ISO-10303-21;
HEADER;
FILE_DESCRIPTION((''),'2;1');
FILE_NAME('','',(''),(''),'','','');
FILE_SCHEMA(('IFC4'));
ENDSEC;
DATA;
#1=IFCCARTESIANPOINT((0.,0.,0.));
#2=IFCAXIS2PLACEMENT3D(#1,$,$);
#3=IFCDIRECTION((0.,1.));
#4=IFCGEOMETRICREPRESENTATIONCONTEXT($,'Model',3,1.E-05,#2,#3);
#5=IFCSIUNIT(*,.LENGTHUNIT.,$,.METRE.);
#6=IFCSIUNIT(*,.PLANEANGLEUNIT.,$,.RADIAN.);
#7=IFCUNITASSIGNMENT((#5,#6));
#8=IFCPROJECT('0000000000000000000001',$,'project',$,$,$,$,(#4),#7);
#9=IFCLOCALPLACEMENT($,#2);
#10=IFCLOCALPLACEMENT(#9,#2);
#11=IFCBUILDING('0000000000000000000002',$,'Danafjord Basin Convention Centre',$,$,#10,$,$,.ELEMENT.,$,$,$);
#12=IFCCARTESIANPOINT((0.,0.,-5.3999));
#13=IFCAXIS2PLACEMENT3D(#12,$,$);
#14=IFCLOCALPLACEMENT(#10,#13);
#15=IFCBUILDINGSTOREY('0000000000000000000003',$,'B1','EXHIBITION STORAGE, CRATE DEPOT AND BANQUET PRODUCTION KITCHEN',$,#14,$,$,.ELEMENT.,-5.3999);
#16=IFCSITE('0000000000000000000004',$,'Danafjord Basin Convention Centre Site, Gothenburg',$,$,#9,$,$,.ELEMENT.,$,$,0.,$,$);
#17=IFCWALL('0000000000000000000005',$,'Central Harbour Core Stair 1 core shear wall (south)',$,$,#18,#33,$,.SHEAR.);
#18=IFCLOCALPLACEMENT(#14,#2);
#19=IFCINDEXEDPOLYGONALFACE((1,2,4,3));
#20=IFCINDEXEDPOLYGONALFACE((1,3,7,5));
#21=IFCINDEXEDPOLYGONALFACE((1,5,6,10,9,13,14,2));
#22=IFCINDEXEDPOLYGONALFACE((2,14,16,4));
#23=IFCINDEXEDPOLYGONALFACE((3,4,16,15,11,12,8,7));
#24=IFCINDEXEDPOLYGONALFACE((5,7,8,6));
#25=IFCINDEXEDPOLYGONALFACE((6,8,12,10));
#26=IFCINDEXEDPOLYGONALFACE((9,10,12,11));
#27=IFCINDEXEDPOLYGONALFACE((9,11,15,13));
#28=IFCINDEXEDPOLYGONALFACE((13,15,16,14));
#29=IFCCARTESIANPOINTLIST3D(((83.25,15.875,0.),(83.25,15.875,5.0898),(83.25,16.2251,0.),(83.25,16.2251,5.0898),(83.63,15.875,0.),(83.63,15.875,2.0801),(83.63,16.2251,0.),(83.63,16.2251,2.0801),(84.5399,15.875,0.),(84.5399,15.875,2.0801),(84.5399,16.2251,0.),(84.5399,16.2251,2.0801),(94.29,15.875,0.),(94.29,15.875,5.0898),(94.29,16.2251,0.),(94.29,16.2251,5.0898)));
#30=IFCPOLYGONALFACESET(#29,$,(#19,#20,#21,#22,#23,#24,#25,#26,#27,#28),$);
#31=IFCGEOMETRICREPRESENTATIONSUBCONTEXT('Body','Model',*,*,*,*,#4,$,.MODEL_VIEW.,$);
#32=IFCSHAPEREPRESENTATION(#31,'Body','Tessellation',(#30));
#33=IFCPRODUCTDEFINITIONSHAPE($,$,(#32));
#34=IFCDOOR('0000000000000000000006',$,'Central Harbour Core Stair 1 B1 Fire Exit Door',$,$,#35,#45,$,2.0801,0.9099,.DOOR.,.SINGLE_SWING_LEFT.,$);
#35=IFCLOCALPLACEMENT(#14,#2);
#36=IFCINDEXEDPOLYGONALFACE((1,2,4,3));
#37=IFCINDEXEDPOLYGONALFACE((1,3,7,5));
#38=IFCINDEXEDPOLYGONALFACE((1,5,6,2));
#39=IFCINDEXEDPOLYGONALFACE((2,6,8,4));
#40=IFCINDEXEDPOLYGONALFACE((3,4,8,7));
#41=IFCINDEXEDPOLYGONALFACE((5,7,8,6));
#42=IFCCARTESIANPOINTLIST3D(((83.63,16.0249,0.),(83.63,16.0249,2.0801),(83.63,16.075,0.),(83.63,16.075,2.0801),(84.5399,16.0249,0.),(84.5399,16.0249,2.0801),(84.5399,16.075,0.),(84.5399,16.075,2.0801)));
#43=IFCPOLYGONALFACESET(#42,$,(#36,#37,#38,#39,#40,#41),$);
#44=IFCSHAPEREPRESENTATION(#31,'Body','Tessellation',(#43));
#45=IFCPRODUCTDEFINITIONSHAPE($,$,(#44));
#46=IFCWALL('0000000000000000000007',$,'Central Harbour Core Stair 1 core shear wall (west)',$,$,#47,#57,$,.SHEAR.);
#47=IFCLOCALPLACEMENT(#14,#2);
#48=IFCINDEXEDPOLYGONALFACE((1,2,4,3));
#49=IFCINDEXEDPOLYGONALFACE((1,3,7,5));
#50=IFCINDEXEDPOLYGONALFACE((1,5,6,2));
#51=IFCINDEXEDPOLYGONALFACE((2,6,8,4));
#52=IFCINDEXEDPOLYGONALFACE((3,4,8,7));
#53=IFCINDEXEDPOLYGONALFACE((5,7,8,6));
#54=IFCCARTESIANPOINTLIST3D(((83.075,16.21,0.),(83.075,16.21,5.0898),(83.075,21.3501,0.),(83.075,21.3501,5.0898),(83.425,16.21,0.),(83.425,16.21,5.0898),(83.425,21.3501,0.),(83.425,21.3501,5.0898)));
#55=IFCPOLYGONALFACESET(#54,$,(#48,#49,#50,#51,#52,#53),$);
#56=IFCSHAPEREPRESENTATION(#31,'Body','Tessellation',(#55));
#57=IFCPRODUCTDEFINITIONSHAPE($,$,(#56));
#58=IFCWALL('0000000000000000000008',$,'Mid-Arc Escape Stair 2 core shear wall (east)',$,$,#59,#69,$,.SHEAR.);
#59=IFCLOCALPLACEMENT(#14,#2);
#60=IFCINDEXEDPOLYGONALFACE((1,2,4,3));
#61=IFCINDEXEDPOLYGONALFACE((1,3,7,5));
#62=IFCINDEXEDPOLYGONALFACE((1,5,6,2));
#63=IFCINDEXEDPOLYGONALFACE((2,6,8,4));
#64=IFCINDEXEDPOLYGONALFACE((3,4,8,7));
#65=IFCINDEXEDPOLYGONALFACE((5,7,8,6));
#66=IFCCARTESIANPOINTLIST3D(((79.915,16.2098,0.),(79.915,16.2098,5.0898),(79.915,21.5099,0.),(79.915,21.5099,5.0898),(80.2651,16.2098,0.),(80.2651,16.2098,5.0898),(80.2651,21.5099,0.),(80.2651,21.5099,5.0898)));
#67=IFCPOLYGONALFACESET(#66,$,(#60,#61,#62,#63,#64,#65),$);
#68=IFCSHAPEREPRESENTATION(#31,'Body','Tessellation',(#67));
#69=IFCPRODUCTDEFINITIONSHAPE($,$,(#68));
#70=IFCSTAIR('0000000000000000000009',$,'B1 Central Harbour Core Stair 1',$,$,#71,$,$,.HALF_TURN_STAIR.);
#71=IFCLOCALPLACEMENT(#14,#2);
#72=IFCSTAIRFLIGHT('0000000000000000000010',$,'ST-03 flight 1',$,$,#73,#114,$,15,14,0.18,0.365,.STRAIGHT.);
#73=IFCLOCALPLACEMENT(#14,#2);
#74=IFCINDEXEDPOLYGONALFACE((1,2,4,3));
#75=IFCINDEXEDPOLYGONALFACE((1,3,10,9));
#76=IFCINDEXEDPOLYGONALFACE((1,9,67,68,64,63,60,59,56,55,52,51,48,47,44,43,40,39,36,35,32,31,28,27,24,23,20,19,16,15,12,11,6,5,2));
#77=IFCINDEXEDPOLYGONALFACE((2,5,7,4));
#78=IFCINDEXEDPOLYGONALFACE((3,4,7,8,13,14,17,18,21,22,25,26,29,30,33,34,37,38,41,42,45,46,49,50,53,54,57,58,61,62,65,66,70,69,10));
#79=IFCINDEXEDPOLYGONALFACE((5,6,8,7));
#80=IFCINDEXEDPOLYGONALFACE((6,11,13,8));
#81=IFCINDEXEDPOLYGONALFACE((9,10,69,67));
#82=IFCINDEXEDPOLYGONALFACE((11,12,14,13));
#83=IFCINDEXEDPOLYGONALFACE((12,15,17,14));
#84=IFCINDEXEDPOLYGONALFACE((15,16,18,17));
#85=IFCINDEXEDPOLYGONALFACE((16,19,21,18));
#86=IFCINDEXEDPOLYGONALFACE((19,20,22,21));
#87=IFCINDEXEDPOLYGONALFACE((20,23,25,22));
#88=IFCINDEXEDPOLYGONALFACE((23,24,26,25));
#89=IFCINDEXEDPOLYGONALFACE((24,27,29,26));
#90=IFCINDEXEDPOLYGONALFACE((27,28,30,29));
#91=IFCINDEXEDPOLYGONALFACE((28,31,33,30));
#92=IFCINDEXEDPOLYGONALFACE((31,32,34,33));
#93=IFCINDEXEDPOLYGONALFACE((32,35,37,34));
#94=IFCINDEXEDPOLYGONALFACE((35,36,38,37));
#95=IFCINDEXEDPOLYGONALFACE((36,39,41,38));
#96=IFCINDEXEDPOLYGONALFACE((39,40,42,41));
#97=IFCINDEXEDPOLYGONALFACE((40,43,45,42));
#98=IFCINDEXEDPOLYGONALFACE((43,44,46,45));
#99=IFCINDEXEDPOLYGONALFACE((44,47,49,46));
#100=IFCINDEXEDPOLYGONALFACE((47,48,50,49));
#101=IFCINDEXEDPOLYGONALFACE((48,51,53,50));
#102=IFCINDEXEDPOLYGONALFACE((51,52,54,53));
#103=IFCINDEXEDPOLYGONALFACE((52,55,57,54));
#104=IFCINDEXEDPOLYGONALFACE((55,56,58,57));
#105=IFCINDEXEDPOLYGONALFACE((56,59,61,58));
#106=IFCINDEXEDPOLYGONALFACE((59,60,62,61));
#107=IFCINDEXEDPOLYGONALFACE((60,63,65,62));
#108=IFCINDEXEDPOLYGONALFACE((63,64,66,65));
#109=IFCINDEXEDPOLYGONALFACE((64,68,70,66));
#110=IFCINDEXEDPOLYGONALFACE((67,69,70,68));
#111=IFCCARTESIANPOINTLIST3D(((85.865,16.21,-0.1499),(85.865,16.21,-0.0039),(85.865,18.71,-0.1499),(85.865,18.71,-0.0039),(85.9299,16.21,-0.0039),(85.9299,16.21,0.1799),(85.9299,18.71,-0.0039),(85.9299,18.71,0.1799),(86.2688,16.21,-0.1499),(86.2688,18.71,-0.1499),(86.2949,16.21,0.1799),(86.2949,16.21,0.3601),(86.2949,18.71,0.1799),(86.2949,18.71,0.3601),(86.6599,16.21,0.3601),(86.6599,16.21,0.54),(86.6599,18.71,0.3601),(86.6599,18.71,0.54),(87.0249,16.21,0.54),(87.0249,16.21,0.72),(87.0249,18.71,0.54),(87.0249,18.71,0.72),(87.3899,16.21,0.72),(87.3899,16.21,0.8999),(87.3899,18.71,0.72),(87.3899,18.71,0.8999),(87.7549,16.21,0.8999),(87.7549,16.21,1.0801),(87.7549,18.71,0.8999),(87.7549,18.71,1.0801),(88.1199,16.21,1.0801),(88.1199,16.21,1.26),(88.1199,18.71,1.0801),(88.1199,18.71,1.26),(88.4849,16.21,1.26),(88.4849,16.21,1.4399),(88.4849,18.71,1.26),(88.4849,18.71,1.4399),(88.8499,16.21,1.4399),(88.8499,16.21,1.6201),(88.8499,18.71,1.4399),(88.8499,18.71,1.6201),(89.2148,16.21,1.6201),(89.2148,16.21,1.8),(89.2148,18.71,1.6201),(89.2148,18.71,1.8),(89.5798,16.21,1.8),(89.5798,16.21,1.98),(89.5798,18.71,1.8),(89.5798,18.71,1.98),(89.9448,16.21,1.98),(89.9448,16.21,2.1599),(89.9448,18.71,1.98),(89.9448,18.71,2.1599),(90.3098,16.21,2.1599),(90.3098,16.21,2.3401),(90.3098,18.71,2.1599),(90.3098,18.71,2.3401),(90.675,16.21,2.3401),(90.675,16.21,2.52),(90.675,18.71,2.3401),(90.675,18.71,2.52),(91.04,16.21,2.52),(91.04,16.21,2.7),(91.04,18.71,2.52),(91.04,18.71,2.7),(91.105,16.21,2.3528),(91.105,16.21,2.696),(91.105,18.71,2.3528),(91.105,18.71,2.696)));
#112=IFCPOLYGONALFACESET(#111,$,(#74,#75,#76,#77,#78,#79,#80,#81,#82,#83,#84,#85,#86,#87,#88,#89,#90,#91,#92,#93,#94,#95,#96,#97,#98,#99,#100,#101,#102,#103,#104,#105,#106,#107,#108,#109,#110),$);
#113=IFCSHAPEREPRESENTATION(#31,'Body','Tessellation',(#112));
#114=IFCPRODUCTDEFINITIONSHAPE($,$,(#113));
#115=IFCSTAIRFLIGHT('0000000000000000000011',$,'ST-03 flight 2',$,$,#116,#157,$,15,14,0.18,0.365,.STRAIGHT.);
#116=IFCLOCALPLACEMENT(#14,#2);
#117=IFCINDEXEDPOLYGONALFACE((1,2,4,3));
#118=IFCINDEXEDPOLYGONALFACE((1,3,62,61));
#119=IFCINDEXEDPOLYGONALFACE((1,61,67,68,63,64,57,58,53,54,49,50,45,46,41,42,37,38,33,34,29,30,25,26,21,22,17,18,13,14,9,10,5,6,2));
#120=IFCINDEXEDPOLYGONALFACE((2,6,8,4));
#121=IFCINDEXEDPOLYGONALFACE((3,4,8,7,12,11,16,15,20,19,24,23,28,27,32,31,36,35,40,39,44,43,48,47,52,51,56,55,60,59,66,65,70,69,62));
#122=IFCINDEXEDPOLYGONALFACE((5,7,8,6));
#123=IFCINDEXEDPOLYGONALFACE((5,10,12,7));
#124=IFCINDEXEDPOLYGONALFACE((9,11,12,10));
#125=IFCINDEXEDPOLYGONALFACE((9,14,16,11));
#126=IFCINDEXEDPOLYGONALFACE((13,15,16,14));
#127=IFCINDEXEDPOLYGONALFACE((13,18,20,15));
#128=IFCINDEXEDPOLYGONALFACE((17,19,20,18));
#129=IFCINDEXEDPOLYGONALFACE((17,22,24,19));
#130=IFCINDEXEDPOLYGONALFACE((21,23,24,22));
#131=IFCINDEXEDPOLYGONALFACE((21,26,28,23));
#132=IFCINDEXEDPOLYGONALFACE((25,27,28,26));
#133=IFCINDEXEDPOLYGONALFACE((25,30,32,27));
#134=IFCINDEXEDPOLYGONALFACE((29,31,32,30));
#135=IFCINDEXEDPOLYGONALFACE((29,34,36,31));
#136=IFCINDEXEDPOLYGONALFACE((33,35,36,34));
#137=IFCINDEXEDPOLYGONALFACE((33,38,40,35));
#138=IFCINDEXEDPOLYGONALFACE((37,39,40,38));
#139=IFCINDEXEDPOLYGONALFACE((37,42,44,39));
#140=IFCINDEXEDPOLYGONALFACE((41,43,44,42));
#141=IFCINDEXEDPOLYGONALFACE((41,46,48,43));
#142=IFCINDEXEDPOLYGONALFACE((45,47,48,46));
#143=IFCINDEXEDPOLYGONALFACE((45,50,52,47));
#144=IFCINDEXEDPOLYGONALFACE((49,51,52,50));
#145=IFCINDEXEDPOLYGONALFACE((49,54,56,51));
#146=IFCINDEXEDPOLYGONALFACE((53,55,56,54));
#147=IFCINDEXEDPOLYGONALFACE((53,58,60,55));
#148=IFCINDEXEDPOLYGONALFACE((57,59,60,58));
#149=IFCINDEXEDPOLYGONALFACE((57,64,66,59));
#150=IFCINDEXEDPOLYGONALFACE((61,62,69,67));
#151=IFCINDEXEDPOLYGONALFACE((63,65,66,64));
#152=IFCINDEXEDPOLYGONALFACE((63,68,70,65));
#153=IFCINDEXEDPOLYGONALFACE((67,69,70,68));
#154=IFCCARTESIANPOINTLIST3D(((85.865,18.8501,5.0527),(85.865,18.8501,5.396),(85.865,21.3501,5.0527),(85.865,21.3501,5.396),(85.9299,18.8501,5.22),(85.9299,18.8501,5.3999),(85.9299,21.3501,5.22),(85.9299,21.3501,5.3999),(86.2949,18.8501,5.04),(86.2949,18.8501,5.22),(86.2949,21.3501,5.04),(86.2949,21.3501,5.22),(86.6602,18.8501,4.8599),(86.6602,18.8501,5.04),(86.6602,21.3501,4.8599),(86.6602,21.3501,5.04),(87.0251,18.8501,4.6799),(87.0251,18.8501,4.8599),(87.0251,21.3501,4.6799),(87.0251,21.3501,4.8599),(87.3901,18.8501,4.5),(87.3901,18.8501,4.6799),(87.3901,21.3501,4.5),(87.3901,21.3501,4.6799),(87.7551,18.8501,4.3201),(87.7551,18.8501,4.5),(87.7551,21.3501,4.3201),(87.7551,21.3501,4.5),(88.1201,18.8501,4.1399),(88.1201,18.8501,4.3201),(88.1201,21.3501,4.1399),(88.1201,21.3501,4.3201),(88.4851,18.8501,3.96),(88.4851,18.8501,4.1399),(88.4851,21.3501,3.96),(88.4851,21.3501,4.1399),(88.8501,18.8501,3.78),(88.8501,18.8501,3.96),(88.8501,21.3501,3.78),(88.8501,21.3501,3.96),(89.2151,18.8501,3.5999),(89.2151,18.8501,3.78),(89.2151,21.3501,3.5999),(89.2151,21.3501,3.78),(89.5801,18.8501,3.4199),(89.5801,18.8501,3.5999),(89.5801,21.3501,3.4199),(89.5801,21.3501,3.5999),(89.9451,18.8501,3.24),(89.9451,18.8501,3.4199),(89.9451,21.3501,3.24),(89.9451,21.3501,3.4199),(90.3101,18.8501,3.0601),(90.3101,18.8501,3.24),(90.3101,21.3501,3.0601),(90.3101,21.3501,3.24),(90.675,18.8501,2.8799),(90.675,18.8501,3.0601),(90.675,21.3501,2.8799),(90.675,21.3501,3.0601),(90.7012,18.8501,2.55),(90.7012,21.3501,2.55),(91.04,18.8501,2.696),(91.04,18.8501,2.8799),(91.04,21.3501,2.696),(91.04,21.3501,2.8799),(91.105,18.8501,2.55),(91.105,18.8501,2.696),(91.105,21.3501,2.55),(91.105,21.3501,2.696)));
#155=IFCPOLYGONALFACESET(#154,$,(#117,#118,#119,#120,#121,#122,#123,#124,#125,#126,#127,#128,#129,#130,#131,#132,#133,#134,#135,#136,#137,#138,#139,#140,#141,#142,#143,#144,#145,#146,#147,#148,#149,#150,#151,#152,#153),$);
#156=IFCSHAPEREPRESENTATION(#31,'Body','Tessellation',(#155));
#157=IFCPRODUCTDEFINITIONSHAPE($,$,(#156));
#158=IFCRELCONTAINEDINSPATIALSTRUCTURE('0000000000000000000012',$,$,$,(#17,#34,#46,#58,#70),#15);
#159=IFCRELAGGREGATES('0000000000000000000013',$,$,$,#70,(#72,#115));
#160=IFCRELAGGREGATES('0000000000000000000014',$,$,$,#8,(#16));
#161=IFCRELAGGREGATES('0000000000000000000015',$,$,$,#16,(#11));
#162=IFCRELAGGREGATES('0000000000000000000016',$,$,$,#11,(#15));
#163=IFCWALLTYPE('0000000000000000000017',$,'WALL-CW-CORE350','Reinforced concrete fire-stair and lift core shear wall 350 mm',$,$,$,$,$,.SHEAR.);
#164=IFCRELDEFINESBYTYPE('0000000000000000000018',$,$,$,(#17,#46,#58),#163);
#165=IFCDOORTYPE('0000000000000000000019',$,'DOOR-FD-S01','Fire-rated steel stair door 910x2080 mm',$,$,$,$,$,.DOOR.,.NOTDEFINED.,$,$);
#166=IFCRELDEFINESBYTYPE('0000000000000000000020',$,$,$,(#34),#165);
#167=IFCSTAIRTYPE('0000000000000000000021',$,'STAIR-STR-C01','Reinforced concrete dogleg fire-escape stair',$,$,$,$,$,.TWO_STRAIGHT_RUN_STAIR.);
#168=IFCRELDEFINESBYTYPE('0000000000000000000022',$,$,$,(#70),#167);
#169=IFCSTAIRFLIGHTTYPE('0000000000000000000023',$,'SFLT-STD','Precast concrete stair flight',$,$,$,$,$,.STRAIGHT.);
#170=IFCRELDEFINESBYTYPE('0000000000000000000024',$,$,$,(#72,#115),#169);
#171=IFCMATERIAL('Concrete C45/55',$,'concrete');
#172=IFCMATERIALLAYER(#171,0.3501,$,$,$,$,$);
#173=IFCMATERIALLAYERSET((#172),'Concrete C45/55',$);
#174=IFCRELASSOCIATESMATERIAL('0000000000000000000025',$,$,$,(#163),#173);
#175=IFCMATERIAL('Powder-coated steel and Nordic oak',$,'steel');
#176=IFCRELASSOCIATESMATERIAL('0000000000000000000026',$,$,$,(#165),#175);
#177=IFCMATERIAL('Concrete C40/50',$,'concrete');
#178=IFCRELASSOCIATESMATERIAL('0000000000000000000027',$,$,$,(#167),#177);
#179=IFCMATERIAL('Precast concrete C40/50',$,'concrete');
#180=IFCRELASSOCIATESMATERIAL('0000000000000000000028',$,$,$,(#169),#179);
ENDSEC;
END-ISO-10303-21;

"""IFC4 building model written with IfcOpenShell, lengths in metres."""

from ifc_helpers import new_model, si_unit, direction, frame, frame_2d, origin, place, context, subcontext, project, spatial, polyline, rectangle, outline, extrude, material, layer, layer_set, type_object, element, fill, aggregate, save


model = new_model("IFC4")

# Units and contexts
model_context = context("Model", 3, precision=1e-05, world=origin(), true_north=direction((0.0, 1.0)))
body_context = subcontext(model_context, "Body", "Model", "MODEL_VIEW")
ifc_project = project(units=[si_unit("LENGTHUNIT", "METRE"), si_unit("PLANEANGLEUNIT", "RADIAN")], contexts=[model_context])

# Site, building, storey
site_placement = place(None, origin())
site = spatial("IfcSite", under=ifc_project, at=site_placement, Name="Danafjord Basin Convention Centre Site, Gothenburg", CompositionType="ELEMENT", RefElevation=0.0)
building_placement = place(site_placement, origin())
building = spatial("IfcBuilding", under=site, at=building_placement, Name="Danafjord Basin Convention Centre", CompositionType="ELEMENT")
storey_placement = place(building_placement, frame((0.0, 0.0, -5.3999)))
storey = spatial("IfcBuildingStorey", under=building, at=storey_placement, Name="B1", Description="EXHIBITION STORAGE, CRATE DEPOT AND BANQUET PRODUCTION KITCHEN", CompositionType="ELEMENT", Elevation=-5.3999)

# Shared definitions
ifc_material_1 = material(Name="Concrete C40/50", Category="concrete")

# Shared definitions
ifc_material_2 = material(Name="Concrete C45/55", Category="concrete")

# Wall, opening, door
ifc_layer = layer(ifc_material_2, 0.3501)
ifc_layer_set = layer_set([ifc_layer], Name="Concrete C45/55")
wall_type = type_object("IfcWallType", Name="WALL-CW-CORE350", Description="Reinforced concrete fire-stair and lift core shear wall 350 mm", PredefinedType="SHEAR", material=ifc_layer_set)
wall_1_placement = place(storey_placement, frame((83.25, 16.05, 0.0), z_axis=(0.0, 0.0, 1.0), x_axis=(1.0, 0.0, 0.0)))
wall_1 = element("IfcWall", 1, at=wall_1_placement, inside=storey, type_object=wall_type, Name="Central Harbour Core Stair 1 core shear wall (south)", PredefinedType="SHEAR", context=body_context, shape_type="SweptSolid", body=[
    extrude(rectangle(XDim=11.04, YDim=0.3501, at=frame_2d((5.52, 0.0))), origin(), (0.0, 0.0, 1.0), 5.0898),
])
opening_placement = place(wall_1_placement, frame((0.3799, 0.0, 0.0)))
opening = element("IfcOpeningElement", 2, at=opening_placement, cuts=wall_1, PredefinedType="OPENING", context=body_context, shape_type="SweptSolid", body=[
    extrude(rectangle(XDim=0.9099, YDim=2.0801, at=frame_2d((0.4551, 1.04))), frame((0.0, 0.1851, 0.0), z_axis=(0.0, -1.0, 0.0), x_axis=(1.0, 0.0, 0.0)), (0.0, 0.0, 1.0), 0.3701),
])
ifc_material_3 = material(Name="Powder-coated steel and Nordic oak", Category="steel")
door_type = type_object("IfcDoorType", Name="DOOR-FD-S01", Description="Fire-rated steel stair door 910x2080 mm", OperationType="NOTDEFINED", PredefinedType="DOOR", material=ifc_material_3)
door_placement = place(opening_placement, origin())
door = element("IfcDoor", 3, at=door_placement, inside=storey, type_object=door_type, Name="Central Harbour Core Stair 1 B1 Fire Exit Door", OperationType="SINGLE_SWING_LEFT", OverallHeight=2.0801, OverallWidth=0.9099, PredefinedType="DOOR", context=body_context, shape_type="SweptSolid", body=[
    extrude(rectangle(XDim=0.9099, YDim=2.0801, at=frame_2d((0.4551, 1.04))), frame((0.0, 0.0249, 0.0), z_axis=(0.0, -1.0, 0.0), x_axis=(1.0, 0.0, 0.0)), (0.0, 0.0, 1.0), 0.05),
])
fill(opening, door)

# Walls
wall_2_placement = place(storey_placement, frame((83.25, 21.3501, 0.0), z_axis=(0.0, 0.0, 1.0), x_axis=(0.0, -1.0, 0.0)))
element("IfcWall", 4, at=wall_2_placement, inside=storey, type_object=wall_type, Name="Central Harbour Core Stair 1 core shear wall (west)", PredefinedType="SHEAR", context=body_context, shape_type="SweptSolid", body=[
    extrude(rectangle(XDim=5.1401, YDim=0.3501, at=frame_2d((2.5701, 0.0))), origin(), (0.0, 0.0, 1.0), 5.0898),
])
wall_3_placement = place(storey_placement, frame((80.0901, 16.21, 0.0), z_axis=(0.0, 0.0, 1.0), x_axis=(0.0, 1.0, 0.0)))
element("IfcWall", 5, at=wall_3_placement, inside=storey, type_object=wall_type, Name="Mid-Arc Escape Stair 2 core shear wall (east)", PredefinedType="SHEAR", context=body_context, shape_type="SweptSolid", body=[
    extrude(rectangle(XDim=5.3, YDim=0.3501, at=frame_2d((2.6499, 0.0))), origin(), (0.0, 0.0, 1.0), 5.0898),
])

# Stair, stair flights
stair_type = type_object("IfcStairType", Name="STAIR-STR-C01", Description="Reinforced concrete dogleg fire-escape stair", PredefinedType="TWO_STRAIGHT_RUN_STAIR", material=ifc_material_1)
stair_placement = place(storey_placement, origin())
stair = element("IfcStair", 6, at=stair_placement, inside=storey, type_object=stair_type, Name="B1 Central Harbour Core Stair 1", PredefinedType="HALF_TURN_STAIR")
ifc_material_4 = material(Name="Precast concrete C40/50", Category="concrete")
stair_flight_type = type_object("IfcStairFlightType", Name="SFLT-STD", Description="Precast concrete stair flight", PredefinedType="STRAIGHT", material=ifc_material_4)
stair_flight_1_placement = place(storey_placement, frame((85.9299, 17.46, 0.0), z_axis=(0.0, 0.0, 1.0), x_axis=(1.0, 0.0, 0.0)))
stair_flight_1 = element("IfcStairFlight", 7, at=stair_flight_1_placement, type_object=stair_flight_type, Name="ST-03 flight 1", NumberOfRisers=15, NumberOfTreads=14, PredefinedType="STRAIGHT", RiserHeight=0.18, TreadLength=0.365, context=body_context, shape_type="SweptSolid", body=[
    extrude(outline(polyline([(-0.0649, -0.1499), (-0.0649, -0.0039), (0.0, -0.0039), (0.0, 0.1799), (0.365, 0.1799), (0.365, 0.3601), (0.73, 0.3601), (0.73, 0.54), (1.095, 0.54), (1.095, 0.72), (1.46, 0.72), (1.46, 0.8999), (1.825, 0.8999), (1.825, 1.0801), (2.1899, 1.0801), (2.1899, 1.26), (2.5549, 1.26), (2.5549, 1.4399), (2.9199, 1.4399), (2.9199, 1.6201), (3.2849, 1.6201), (3.2849, 1.8), (3.6499, 1.8), (3.6499, 1.98), (4.0149, 1.98), (4.0149, 2.1599), (4.3799, 2.1599), (4.3799, 2.3401), (4.7451, 2.3401), (4.7451, 2.52), (5.1101, 2.52), (5.1101, 2.7), (5.175, 2.696), (5.175, 2.3528), (0.3389, -0.1499), (-0.0649, -0.1499)])), frame((0.0, 1.25, 0.0), z_axis=(0.0, -1.0, 0.0), x_axis=(1.0, 0.0, 0.0)), (0.0, 0.0, 1.0), 2.5),
])
stair_flight_2_placement = place(storey_placement, frame((91.04, 20.1001, 2.7), z_axis=(0.0, 0.0, 1.0), x_axis=(-1.0, 0.0, 0.0)))
stair_flight_2 = element("IfcStairFlight", 8, at=stair_flight_2_placement, type_object=stair_flight_type, Name="ST-03 flight 2", NumberOfRisers=15, NumberOfTreads=14, PredefinedType="STRAIGHT", RiserHeight=0.18, TreadLength=0.365, context=body_context, shape_type="SweptSolid", body=[
    extrude(outline(polyline([(-0.0649, -0.1499), (-0.0649, -0.0039), (0.0, -0.0039), (0.0, 0.1799), (0.365, 0.1799), (0.365, 0.3601), (0.73, 0.3601), (0.73, 0.54), (1.095, 0.54), (1.095, 0.72), (1.46, 0.72), (1.46, 0.8999), (1.825, 0.8999), (1.825, 1.0801), (2.1899, 1.0801), (2.1899, 1.26), (2.5549, 1.26), (2.5549, 1.4399), (2.9199, 1.4399), (2.9199, 1.6201), (3.2849, 1.6201), (3.2849, 1.8), (3.6499, 1.8), (3.6499, 1.98), (4.0149, 1.98), (4.0149, 2.1599), (4.3799, 2.1599), (4.3799, 2.3401), (4.7451, 2.3401), (4.7451, 2.52), (5.1101, 2.52), (5.1101, 2.7), (5.175, 2.696), (5.175, 2.3528), (0.3389, -0.1499), (-0.0649, -0.1499)])), frame((0.0, 1.25, 0.0), z_axis=(0.0, -1.0, 0.0), x_axis=(1.0, 0.0, 0.0)), (0.0, 0.0, 1.0), 2.5),
])
aggregate(stair, [stair_flight_1, stair_flight_2])

save(model, "model.ifc")
